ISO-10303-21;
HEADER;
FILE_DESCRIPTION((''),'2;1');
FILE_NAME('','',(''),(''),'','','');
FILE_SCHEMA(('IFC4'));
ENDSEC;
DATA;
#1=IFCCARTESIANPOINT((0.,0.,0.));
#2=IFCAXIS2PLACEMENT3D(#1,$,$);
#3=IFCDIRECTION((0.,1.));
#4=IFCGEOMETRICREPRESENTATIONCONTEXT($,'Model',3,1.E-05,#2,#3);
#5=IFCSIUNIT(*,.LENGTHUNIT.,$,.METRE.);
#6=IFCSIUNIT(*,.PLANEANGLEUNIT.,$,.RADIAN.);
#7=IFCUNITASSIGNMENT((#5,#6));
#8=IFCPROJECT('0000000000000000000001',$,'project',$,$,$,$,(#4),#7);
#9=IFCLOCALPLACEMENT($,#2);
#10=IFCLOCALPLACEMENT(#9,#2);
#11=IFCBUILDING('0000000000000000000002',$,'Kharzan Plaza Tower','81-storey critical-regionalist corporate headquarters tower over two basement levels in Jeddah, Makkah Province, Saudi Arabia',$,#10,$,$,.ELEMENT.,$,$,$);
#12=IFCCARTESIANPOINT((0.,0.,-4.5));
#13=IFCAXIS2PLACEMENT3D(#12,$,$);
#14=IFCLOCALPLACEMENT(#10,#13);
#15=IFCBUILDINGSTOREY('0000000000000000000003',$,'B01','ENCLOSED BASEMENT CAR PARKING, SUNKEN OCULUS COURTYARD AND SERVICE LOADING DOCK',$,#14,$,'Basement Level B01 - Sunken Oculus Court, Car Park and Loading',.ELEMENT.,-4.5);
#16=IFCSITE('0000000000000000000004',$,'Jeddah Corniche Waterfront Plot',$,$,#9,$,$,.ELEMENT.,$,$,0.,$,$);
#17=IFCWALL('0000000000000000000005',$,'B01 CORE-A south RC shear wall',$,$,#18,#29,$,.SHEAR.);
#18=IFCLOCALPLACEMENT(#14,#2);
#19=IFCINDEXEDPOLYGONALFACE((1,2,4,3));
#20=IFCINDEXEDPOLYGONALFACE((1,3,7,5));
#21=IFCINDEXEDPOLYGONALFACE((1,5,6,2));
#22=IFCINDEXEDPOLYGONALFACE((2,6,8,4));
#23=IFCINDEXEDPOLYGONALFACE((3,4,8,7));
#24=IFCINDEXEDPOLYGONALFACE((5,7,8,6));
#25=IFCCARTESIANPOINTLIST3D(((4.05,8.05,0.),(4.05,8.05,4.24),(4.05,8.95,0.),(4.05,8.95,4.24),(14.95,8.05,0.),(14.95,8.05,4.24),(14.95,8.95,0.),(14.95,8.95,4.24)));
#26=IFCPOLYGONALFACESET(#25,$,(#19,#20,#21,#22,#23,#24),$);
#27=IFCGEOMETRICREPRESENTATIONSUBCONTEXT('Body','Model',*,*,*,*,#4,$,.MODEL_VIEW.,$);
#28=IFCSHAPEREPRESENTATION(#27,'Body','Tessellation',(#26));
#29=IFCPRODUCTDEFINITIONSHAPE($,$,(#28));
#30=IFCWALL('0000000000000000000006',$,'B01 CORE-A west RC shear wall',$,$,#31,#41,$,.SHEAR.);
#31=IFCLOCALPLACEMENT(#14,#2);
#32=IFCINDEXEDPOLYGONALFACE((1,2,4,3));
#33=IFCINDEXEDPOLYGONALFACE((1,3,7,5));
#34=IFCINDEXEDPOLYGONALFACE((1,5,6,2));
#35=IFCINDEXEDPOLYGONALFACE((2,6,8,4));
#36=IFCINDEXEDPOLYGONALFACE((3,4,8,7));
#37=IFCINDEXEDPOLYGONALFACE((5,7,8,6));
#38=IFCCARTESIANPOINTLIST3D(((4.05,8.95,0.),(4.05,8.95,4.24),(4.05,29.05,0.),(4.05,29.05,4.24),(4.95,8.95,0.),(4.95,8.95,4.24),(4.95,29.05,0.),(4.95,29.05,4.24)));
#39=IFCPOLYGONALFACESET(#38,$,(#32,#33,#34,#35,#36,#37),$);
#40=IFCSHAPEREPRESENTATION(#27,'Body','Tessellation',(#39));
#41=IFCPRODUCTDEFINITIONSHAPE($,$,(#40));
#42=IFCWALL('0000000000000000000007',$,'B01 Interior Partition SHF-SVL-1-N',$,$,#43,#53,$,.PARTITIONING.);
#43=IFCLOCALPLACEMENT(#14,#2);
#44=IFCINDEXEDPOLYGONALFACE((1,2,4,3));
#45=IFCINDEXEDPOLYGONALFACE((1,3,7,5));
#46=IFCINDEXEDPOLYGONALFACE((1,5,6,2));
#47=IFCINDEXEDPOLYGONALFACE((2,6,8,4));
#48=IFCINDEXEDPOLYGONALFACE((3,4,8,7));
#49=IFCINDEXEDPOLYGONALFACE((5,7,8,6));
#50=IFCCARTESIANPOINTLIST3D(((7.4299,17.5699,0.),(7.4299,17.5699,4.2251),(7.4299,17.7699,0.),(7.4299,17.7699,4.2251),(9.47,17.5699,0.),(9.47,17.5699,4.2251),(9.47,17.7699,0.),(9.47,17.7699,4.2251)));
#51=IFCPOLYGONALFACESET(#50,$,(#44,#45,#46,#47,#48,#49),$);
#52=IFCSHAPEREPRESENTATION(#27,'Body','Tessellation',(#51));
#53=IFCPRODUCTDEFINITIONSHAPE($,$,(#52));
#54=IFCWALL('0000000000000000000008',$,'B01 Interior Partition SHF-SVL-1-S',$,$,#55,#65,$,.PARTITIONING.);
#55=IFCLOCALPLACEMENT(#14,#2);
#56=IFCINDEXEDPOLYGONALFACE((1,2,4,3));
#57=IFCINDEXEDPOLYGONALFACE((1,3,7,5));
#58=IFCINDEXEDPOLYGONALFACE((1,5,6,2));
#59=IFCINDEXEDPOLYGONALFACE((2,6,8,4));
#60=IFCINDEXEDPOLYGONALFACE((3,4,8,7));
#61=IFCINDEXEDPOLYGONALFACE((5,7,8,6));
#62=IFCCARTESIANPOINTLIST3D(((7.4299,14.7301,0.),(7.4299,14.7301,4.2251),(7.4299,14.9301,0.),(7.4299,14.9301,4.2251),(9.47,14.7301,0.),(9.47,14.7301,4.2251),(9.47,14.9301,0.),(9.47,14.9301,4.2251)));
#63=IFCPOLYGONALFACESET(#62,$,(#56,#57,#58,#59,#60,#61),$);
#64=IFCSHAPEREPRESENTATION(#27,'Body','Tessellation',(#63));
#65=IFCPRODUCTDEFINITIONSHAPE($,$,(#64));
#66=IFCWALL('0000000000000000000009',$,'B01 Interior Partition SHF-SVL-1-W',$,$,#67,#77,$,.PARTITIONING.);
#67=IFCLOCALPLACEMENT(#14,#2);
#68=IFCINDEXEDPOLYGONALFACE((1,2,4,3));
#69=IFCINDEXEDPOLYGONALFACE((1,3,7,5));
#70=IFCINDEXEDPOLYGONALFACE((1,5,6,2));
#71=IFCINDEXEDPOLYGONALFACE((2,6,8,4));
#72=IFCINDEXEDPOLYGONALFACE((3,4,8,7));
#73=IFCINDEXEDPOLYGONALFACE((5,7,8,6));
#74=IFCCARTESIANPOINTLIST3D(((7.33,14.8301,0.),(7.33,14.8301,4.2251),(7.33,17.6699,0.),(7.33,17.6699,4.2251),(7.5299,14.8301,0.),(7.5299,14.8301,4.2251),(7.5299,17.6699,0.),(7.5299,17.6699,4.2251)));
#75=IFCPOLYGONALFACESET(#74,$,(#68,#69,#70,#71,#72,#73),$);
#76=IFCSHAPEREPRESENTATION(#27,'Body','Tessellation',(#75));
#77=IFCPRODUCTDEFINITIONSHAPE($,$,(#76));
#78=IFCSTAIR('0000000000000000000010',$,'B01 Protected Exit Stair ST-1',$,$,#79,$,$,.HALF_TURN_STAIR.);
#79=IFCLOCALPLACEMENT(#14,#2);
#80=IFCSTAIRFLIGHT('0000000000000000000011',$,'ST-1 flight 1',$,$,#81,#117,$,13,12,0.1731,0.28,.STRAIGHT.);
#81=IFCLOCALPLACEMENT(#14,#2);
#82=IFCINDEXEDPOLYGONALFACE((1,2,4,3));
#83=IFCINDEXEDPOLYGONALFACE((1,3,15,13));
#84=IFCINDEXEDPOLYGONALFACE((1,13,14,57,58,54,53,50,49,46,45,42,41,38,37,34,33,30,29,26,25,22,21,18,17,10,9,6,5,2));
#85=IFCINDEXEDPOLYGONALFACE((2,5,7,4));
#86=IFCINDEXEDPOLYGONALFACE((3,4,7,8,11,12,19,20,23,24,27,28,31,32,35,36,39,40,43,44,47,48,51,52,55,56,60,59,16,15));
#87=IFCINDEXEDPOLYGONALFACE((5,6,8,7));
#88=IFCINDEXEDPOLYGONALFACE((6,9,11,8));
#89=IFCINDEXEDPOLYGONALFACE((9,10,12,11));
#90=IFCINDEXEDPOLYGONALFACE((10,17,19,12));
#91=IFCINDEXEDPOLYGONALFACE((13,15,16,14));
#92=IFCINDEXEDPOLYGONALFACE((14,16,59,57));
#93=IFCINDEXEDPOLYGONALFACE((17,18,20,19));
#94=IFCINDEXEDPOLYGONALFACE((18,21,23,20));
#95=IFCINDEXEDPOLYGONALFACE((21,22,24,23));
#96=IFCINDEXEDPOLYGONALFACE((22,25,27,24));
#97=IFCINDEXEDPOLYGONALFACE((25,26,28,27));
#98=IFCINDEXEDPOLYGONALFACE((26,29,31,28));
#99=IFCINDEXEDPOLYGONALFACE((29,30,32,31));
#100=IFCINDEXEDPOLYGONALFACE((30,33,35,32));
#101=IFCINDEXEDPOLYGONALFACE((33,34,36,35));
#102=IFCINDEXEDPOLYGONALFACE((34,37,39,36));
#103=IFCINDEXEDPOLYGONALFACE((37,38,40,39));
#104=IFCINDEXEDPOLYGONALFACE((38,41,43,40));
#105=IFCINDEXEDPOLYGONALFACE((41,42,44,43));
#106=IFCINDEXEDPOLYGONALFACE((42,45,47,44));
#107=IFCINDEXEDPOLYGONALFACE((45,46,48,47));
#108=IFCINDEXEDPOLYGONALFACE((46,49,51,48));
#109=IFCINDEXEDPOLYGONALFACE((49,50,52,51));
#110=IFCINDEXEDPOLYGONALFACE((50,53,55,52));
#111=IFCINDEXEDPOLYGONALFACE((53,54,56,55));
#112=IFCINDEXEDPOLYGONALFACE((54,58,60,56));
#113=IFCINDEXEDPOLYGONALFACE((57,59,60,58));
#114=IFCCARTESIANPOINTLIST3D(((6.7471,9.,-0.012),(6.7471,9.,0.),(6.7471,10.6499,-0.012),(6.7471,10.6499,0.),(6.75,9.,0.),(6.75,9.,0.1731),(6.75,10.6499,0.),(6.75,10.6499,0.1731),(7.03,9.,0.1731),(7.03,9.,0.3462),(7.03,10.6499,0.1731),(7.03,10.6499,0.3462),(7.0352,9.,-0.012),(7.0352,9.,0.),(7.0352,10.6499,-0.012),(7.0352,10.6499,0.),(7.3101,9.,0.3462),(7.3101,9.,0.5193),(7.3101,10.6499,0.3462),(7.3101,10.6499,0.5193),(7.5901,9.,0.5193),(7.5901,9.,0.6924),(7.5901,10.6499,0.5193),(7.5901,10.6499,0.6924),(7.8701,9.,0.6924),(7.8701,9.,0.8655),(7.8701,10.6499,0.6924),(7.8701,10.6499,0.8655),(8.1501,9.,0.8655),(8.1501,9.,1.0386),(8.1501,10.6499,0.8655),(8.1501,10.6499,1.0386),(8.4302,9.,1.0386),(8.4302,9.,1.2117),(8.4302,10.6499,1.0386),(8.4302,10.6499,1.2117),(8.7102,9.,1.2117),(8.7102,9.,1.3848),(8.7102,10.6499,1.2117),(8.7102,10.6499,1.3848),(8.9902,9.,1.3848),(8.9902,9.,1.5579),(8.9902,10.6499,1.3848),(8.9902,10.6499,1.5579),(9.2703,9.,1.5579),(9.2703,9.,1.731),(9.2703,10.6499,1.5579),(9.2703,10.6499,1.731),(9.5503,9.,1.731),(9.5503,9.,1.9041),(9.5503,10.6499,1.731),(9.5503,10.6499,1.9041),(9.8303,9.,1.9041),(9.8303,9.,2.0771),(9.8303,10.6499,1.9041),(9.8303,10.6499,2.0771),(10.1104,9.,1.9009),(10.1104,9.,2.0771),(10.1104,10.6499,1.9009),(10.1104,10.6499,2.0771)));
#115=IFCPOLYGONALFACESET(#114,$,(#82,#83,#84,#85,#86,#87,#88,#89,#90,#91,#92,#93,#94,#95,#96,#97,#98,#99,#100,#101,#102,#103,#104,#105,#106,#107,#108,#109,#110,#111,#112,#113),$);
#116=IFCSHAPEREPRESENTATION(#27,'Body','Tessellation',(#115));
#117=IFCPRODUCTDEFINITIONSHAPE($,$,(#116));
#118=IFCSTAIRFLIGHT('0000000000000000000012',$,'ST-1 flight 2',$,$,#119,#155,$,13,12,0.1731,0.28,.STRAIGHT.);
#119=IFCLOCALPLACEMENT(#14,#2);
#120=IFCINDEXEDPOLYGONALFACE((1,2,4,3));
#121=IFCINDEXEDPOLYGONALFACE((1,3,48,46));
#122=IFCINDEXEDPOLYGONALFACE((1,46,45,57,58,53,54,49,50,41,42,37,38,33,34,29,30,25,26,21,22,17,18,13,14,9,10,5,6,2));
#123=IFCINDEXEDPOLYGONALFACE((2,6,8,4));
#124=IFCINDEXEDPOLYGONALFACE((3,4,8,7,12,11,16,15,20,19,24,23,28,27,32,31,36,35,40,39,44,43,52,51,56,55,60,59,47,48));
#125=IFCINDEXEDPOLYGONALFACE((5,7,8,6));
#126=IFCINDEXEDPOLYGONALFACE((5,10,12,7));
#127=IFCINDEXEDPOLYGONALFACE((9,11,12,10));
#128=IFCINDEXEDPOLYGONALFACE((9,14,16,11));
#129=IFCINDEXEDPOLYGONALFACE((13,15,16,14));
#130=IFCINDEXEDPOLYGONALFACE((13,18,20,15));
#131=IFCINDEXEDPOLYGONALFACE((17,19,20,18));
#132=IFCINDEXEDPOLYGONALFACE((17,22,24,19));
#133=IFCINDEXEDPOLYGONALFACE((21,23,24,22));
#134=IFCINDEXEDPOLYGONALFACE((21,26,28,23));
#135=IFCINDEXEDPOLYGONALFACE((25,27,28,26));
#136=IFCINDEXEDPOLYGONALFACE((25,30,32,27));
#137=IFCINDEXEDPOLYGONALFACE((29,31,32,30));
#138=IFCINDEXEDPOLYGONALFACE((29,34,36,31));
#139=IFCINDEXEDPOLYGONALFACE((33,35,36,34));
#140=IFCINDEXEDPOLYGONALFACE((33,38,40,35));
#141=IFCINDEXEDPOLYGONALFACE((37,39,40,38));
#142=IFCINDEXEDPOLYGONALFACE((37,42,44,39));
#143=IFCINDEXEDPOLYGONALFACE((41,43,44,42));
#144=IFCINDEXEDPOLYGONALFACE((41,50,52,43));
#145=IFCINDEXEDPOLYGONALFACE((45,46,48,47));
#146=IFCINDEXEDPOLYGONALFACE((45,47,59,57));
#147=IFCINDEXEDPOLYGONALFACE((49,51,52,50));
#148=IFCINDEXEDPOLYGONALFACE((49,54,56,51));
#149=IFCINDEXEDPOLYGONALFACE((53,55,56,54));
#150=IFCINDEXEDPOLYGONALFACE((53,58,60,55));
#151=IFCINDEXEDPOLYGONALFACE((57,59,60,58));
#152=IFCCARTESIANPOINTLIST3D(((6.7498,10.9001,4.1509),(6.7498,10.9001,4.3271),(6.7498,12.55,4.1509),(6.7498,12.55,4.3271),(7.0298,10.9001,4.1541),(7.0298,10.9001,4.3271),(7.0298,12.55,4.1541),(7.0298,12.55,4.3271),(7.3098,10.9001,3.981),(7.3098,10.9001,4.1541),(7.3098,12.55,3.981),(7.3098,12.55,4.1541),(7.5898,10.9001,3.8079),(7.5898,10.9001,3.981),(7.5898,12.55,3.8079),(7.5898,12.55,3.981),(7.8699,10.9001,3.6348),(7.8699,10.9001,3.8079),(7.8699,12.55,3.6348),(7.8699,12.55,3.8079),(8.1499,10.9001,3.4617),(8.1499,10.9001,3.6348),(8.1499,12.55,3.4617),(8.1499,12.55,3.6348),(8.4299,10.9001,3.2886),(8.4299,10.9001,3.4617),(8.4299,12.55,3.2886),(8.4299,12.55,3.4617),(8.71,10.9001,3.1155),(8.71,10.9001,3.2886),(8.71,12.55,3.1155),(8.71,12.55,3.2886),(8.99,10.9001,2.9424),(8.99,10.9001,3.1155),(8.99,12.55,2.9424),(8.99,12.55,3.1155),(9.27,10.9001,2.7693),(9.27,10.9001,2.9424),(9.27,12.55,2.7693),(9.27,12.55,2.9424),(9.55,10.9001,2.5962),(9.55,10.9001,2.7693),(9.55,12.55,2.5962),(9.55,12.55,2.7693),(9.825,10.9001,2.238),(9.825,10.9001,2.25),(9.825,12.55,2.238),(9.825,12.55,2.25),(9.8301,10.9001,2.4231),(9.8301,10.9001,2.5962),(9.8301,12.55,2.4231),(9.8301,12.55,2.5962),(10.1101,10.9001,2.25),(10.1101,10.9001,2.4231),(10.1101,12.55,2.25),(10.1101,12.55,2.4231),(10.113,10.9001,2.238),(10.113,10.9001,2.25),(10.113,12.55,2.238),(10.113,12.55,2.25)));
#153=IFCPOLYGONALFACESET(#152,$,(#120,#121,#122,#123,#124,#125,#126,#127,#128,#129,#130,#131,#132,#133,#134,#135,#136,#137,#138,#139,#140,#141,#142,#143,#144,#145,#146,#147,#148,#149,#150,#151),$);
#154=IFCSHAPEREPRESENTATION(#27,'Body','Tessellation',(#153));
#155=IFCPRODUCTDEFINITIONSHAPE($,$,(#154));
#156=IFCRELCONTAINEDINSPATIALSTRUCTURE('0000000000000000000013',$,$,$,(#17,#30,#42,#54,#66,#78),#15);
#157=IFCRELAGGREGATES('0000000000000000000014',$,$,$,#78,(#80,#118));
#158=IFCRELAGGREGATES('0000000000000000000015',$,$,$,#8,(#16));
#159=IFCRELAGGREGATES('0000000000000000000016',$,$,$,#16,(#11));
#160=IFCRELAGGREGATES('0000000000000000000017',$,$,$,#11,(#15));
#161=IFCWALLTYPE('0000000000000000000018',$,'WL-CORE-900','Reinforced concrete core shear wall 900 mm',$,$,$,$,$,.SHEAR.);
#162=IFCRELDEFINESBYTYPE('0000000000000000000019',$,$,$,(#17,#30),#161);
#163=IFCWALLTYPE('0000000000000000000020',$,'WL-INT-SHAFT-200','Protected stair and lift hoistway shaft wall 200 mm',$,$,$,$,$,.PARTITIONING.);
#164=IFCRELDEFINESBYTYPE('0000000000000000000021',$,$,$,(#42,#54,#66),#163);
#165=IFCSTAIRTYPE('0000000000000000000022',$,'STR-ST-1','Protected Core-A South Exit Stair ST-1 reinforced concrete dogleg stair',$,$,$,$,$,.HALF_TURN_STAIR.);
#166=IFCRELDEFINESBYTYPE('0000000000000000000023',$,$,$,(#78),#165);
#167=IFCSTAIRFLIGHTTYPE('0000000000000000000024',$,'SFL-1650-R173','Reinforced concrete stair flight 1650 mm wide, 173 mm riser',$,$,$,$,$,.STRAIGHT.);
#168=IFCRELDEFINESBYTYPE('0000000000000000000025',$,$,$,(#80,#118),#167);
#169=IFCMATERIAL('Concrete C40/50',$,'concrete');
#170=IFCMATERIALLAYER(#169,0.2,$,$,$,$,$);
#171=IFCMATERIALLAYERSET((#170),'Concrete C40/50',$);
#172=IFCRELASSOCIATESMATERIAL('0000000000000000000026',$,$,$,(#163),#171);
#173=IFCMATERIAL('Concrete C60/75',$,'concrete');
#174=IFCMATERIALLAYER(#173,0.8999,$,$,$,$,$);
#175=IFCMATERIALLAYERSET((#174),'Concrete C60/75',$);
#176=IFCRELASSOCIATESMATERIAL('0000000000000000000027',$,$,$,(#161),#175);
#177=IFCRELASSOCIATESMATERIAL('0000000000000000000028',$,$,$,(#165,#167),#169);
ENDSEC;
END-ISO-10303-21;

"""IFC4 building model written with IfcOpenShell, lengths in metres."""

from ifc_helpers import new_model, si_unit, direction, frame, frame_2d, origin, place, context, subcontext, project, spatial, polyline, rectangle, outline, extrude, source, transform, mapped, material, layer, layer_set, type_object, element, aggregate, save


model = new_model("IFC4")

# Units and contexts
model_context = context("Model", 3, precision=1e-05, world=origin(), true_north=direction((0.0, 1.0)))
body_context = subcontext(model_context, "Body", "Model", "MODEL_VIEW")
ifc_project = project(units=[si_unit("LENGTHUNIT", "METRE"), si_unit("PLANEANGLEUNIT", "RADIAN")], contexts=[model_context])

# Site, building, storey
site_placement = place(None, origin())
site = spatial("IfcSite", under=ifc_project, at=site_placement, Name="Jeddah Corniche Waterfront Plot", CompositionType="ELEMENT", RefElevation=0.0)
building_placement = place(site_placement, origin())
building = spatial("IfcBuilding", under=site, at=building_placement, Name="Kharzan Plaza Tower", Description="81-storey critical-regionalist corporate headquarters tower over two basement levels in Jeddah, Makkah Province, Saudi Arabia", CompositionType="ELEMENT")
storey_placement = place(building_placement, frame((0.0, 0.0, -4.5)))
storey = spatial("IfcBuildingStorey", under=building, at=storey_placement, Name="B01", Description="ENCLOSED BASEMENT CAR PARKING, SUNKEN OCULUS COURTYARD AND SERVICE LOADING DOCK", LongName="Basement Level B01 - Sunken Oculus Court, Car Park and Loading", CompositionType="ELEMENT", Elevation=-4.5)

# Shared definitions
ifc_material_1 = material(Name="Concrete C60/75", Category="concrete")

# Shared definitions
ifc_material_2 = material(Name="Concrete C40/50", Category="concrete")
ifc_layer_1 = layer(ifc_material_2, 0.2)
ifc_layer_set_1 = layer_set([ifc_layer_1], Name="Concrete C40/50")
wall_type_1 = type_object("IfcWallType", Name="WL-INT-SHAFT-200", Description="Protected stair and lift hoistway shaft wall 200 mm", PredefinedType="PARTITIONING", material=ifc_layer_set_1)

# Walls
ifc_layer_2 = layer(ifc_material_1, 0.8999)
ifc_layer_set_2 = layer_set([ifc_layer_2], Name="Concrete C60/75")
wall_type_2 = type_object("IfcWallType", Name="WL-CORE-900", Description="Reinforced concrete core shear wall 900 mm", PredefinedType="SHEAR", material=ifc_layer_set_2)
shared_shape_1 = source(origin(), body_context, "Body", "SweptSolid", [
    extrude(rectangle(XDim=10.8999, YDim=0.8999, at=frame_2d((5.45, 0.0))), origin(), (0.0, 0.0, 1.0), 4.24),
])
wall_1_placement = place(storey_placement, frame((4.05, 8.5, 0.0), z_axis=(0.0, 0.0, 1.0), x_axis=(1.0, 0.0, 0.0)))
element("IfcWall", 1, at=wall_1_placement, inside=storey, type_object=wall_type_2, Name="B01 CORE-A south RC shear wall", PredefinedType="SHEAR", context=body_context, shape_type="MappedRepresentation", body=[
    mapped(shared_shape_1, transform((0.0, 0.0, 0.0), x_axis=(1.0, 0.0, 0.0), y_axis=(0.0, 1.0, 0.0), z_axis=(0.0, 0.0, 1.0))),
])
shared_shape_2 = source(origin(), body_context, "Body", "SweptSolid", [
    extrude(rectangle(XDim=20.1001, YDim=0.8999, at=frame_2d((10.05, 0.0))), origin(), (0.0, 0.0, 1.0), 4.24),
])
wall_2_placement = place(storey_placement, frame((4.5, 8.95, 0.0), z_axis=(0.0, 0.0, 1.0), x_axis=(0.0, 1.0, 0.0)))
element("IfcWall", 2, at=wall_2_placement, inside=storey, type_object=wall_type_2, Name="B01 CORE-A west RC shear wall", PredefinedType="SHEAR", context=body_context, shape_type="MappedRepresentation", body=[
    mapped(shared_shape_2, transform((0.0, 0.0, 0.0), x_axis=(1.0, 0.0, 0.0), y_axis=(0.0, 1.0, 0.0), z_axis=(0.0, 0.0, 1.0))),
])
shared_shape_3 = source(origin(), body_context, "Body", "SweptSolid", [
    extrude(rectangle(XDim=2.04, YDim=0.2, at=frame_2d((1.02, 0.0))), origin(), (0.0, 0.0, 1.0), 4.2251),
])
for number, where, z_axis, x_axis, name in (
    (3, (7.4299, 17.6699, 0.0), (0.0, 0.0, 1.0), (1.0, 0.0, 0.0), "B01 Interior Partition SHF-SVL-1-N"),
    (4, (7.4299, 14.8301, 0.0), (0.0, 0.0, 1.0), (1.0, 0.0, 0.0), "B01 Interior Partition SHF-SVL-1-S"),
):
    element("IfcWall", number, at=place(storey_placement, frame(where, z_axis=z_axis, x_axis=x_axis)), inside=storey, type_object=wall_type_1, Name=name, PredefinedType="PARTITIONING", context=body_context, shape_type="MappedRepresentation", body=[
        mapped(shared_shape_3, transform((0.0, 0.0, 0.0), x_axis=(1.0, 0.0, 0.0), y_axis=(0.0, 1.0, 0.0), z_axis=(0.0, 0.0, 1.0))),
    ])
shared_shape_4 = source(origin(), body_context, "Body", "SweptSolid", [
    extrude(rectangle(XDim=2.8398, YDim=0.2, at=frame_2d((1.4199, 0.0))), origin(), (0.0, 0.0, 1.0), 4.2251),
])
wall_3_placement = place(storey_placement, frame((7.4299, 14.8301, 0.0), z_axis=(0.0, 0.0, 1.0), x_axis=(0.0, 1.0, 0.0)))
element("IfcWall", 5, at=wall_3_placement, inside=storey, type_object=wall_type_1, Name="B01 Interior Partition SHF-SVL-1-W", PredefinedType="PARTITIONING", context=body_context, shape_type="MappedRepresentation", body=[
    mapped(shared_shape_4, transform((0.0, 0.0, 0.0), x_axis=(1.0, 0.0, 0.0), y_axis=(0.0, 1.0, 0.0), z_axis=(0.0, 0.0, 1.0))),
])

# Stair, stair flights
stair_type = type_object("IfcStairType", Name="STR-ST-1", Description="Protected Core-A South Exit Stair ST-1 reinforced concrete dogleg stair", PredefinedType="HALF_TURN_STAIR", material=ifc_material_2)
stair_placement = place(storey_placement, origin())
stair = element("IfcStair", 6, at=stair_placement, inside=storey, type_object=stair_type, Name="B01 Protected Exit Stair ST-1", PredefinedType="HALF_TURN_STAIR")
stair_flight_type = type_object("IfcStairFlightType", Name="SFL-1650-R173", Description="Reinforced concrete stair flight 1650 mm wide, 173 mm riser", PredefinedType="STRAIGHT", material=ifc_material_2)
shared_shape_5 = source(origin(), body_context, "Body", "SweptSolid", [
    extrude(outline(polyline([(-0.0029, -0.012), (-0.0029, 0.0), (0.0, 0.0), (0.0, 0.1731), (0.28, 0.1731), (0.28, 0.3462), (0.5601, 0.3462), (0.5601, 0.5193), (0.8401, 0.5193), (0.8401, 0.6924), (1.1201, 0.6924), (1.1201, 0.8655), (1.4001, 0.8655), (1.4001, 1.0386), (1.6802, 1.0386), (1.6802, 1.2117), (1.9602, 1.2117), (1.9602, 1.3848), (2.2402, 1.3848), (2.2402, 1.5579), (2.5203, 1.5579), (2.5203, 1.731), (2.8003, 1.731), (2.8003, 1.9041), (3.0803, 1.9041), (3.0803, 2.0771), (3.3604, 2.0771), (3.3604, 2.2502), (3.3604, 1.9009), (0.2852, 0.0), (0.2852, -0.012), (-0.0029, -0.012)])), frame((0.0, 0.825, 0.0), z_axis=(0.0, -1.0, 0.0), x_axis=(1.0, 0.0, 0.0)), (0.0, 0.0, 1.0), 1.6499),
])
stair_flight_1_placement = place(storey_placement, frame((6.75, 9.825, 0.0), z_axis=(0.0, 0.0, 1.0), x_axis=(1.0, 0.0, 0.0)))
stair_flight_1 = element("IfcStairFlight", 7, at=stair_flight_1_placement, type_object=stair_flight_type, Name="ST-1 flight 1", NumberOfRisers=13, NumberOfTreads=12, PredefinedType="STRAIGHT", RiserHeight=0.1731, TreadLength=0.28, context=body_context, shape_type="MappedRepresentation", body=[
    mapped(shared_shape_5, transform((0.0, 0.0, 0.0), x_axis=(1.0, 0.0, 0.0), y_axis=(0.0, 1.0, 0.0), z_axis=(0.0, 0.0, 1.0))),
])
stair_flight_2_placement = place(storey_placement, frame((10.1101, 11.7251, 2.25), z_axis=(0.0, 0.0, 1.0), x_axis=(-1.0, 0.0, 0.0)))
stair_flight_2 = element("IfcStairFlight", 8, at=stair_flight_2_placement, type_object=stair_flight_type, Name="ST-1 flight 2", NumberOfRisers=13, NumberOfTreads=12, PredefinedType="STRAIGHT", RiserHeight=0.1731, TreadLength=0.28, context=body_context, shape_type="MappedRepresentation", body=[
    mapped(shared_shape_5, transform((0.0, 0.0, 0.0), x_axis=(1.0, 0.0, 0.0), y_axis=(0.0, 1.0, 0.0), z_axis=(0.0, 0.0, 1.0))),
])
aggregate(stair, [stair_flight_1, stair_flight_2])

save(model, "model.ifc")
